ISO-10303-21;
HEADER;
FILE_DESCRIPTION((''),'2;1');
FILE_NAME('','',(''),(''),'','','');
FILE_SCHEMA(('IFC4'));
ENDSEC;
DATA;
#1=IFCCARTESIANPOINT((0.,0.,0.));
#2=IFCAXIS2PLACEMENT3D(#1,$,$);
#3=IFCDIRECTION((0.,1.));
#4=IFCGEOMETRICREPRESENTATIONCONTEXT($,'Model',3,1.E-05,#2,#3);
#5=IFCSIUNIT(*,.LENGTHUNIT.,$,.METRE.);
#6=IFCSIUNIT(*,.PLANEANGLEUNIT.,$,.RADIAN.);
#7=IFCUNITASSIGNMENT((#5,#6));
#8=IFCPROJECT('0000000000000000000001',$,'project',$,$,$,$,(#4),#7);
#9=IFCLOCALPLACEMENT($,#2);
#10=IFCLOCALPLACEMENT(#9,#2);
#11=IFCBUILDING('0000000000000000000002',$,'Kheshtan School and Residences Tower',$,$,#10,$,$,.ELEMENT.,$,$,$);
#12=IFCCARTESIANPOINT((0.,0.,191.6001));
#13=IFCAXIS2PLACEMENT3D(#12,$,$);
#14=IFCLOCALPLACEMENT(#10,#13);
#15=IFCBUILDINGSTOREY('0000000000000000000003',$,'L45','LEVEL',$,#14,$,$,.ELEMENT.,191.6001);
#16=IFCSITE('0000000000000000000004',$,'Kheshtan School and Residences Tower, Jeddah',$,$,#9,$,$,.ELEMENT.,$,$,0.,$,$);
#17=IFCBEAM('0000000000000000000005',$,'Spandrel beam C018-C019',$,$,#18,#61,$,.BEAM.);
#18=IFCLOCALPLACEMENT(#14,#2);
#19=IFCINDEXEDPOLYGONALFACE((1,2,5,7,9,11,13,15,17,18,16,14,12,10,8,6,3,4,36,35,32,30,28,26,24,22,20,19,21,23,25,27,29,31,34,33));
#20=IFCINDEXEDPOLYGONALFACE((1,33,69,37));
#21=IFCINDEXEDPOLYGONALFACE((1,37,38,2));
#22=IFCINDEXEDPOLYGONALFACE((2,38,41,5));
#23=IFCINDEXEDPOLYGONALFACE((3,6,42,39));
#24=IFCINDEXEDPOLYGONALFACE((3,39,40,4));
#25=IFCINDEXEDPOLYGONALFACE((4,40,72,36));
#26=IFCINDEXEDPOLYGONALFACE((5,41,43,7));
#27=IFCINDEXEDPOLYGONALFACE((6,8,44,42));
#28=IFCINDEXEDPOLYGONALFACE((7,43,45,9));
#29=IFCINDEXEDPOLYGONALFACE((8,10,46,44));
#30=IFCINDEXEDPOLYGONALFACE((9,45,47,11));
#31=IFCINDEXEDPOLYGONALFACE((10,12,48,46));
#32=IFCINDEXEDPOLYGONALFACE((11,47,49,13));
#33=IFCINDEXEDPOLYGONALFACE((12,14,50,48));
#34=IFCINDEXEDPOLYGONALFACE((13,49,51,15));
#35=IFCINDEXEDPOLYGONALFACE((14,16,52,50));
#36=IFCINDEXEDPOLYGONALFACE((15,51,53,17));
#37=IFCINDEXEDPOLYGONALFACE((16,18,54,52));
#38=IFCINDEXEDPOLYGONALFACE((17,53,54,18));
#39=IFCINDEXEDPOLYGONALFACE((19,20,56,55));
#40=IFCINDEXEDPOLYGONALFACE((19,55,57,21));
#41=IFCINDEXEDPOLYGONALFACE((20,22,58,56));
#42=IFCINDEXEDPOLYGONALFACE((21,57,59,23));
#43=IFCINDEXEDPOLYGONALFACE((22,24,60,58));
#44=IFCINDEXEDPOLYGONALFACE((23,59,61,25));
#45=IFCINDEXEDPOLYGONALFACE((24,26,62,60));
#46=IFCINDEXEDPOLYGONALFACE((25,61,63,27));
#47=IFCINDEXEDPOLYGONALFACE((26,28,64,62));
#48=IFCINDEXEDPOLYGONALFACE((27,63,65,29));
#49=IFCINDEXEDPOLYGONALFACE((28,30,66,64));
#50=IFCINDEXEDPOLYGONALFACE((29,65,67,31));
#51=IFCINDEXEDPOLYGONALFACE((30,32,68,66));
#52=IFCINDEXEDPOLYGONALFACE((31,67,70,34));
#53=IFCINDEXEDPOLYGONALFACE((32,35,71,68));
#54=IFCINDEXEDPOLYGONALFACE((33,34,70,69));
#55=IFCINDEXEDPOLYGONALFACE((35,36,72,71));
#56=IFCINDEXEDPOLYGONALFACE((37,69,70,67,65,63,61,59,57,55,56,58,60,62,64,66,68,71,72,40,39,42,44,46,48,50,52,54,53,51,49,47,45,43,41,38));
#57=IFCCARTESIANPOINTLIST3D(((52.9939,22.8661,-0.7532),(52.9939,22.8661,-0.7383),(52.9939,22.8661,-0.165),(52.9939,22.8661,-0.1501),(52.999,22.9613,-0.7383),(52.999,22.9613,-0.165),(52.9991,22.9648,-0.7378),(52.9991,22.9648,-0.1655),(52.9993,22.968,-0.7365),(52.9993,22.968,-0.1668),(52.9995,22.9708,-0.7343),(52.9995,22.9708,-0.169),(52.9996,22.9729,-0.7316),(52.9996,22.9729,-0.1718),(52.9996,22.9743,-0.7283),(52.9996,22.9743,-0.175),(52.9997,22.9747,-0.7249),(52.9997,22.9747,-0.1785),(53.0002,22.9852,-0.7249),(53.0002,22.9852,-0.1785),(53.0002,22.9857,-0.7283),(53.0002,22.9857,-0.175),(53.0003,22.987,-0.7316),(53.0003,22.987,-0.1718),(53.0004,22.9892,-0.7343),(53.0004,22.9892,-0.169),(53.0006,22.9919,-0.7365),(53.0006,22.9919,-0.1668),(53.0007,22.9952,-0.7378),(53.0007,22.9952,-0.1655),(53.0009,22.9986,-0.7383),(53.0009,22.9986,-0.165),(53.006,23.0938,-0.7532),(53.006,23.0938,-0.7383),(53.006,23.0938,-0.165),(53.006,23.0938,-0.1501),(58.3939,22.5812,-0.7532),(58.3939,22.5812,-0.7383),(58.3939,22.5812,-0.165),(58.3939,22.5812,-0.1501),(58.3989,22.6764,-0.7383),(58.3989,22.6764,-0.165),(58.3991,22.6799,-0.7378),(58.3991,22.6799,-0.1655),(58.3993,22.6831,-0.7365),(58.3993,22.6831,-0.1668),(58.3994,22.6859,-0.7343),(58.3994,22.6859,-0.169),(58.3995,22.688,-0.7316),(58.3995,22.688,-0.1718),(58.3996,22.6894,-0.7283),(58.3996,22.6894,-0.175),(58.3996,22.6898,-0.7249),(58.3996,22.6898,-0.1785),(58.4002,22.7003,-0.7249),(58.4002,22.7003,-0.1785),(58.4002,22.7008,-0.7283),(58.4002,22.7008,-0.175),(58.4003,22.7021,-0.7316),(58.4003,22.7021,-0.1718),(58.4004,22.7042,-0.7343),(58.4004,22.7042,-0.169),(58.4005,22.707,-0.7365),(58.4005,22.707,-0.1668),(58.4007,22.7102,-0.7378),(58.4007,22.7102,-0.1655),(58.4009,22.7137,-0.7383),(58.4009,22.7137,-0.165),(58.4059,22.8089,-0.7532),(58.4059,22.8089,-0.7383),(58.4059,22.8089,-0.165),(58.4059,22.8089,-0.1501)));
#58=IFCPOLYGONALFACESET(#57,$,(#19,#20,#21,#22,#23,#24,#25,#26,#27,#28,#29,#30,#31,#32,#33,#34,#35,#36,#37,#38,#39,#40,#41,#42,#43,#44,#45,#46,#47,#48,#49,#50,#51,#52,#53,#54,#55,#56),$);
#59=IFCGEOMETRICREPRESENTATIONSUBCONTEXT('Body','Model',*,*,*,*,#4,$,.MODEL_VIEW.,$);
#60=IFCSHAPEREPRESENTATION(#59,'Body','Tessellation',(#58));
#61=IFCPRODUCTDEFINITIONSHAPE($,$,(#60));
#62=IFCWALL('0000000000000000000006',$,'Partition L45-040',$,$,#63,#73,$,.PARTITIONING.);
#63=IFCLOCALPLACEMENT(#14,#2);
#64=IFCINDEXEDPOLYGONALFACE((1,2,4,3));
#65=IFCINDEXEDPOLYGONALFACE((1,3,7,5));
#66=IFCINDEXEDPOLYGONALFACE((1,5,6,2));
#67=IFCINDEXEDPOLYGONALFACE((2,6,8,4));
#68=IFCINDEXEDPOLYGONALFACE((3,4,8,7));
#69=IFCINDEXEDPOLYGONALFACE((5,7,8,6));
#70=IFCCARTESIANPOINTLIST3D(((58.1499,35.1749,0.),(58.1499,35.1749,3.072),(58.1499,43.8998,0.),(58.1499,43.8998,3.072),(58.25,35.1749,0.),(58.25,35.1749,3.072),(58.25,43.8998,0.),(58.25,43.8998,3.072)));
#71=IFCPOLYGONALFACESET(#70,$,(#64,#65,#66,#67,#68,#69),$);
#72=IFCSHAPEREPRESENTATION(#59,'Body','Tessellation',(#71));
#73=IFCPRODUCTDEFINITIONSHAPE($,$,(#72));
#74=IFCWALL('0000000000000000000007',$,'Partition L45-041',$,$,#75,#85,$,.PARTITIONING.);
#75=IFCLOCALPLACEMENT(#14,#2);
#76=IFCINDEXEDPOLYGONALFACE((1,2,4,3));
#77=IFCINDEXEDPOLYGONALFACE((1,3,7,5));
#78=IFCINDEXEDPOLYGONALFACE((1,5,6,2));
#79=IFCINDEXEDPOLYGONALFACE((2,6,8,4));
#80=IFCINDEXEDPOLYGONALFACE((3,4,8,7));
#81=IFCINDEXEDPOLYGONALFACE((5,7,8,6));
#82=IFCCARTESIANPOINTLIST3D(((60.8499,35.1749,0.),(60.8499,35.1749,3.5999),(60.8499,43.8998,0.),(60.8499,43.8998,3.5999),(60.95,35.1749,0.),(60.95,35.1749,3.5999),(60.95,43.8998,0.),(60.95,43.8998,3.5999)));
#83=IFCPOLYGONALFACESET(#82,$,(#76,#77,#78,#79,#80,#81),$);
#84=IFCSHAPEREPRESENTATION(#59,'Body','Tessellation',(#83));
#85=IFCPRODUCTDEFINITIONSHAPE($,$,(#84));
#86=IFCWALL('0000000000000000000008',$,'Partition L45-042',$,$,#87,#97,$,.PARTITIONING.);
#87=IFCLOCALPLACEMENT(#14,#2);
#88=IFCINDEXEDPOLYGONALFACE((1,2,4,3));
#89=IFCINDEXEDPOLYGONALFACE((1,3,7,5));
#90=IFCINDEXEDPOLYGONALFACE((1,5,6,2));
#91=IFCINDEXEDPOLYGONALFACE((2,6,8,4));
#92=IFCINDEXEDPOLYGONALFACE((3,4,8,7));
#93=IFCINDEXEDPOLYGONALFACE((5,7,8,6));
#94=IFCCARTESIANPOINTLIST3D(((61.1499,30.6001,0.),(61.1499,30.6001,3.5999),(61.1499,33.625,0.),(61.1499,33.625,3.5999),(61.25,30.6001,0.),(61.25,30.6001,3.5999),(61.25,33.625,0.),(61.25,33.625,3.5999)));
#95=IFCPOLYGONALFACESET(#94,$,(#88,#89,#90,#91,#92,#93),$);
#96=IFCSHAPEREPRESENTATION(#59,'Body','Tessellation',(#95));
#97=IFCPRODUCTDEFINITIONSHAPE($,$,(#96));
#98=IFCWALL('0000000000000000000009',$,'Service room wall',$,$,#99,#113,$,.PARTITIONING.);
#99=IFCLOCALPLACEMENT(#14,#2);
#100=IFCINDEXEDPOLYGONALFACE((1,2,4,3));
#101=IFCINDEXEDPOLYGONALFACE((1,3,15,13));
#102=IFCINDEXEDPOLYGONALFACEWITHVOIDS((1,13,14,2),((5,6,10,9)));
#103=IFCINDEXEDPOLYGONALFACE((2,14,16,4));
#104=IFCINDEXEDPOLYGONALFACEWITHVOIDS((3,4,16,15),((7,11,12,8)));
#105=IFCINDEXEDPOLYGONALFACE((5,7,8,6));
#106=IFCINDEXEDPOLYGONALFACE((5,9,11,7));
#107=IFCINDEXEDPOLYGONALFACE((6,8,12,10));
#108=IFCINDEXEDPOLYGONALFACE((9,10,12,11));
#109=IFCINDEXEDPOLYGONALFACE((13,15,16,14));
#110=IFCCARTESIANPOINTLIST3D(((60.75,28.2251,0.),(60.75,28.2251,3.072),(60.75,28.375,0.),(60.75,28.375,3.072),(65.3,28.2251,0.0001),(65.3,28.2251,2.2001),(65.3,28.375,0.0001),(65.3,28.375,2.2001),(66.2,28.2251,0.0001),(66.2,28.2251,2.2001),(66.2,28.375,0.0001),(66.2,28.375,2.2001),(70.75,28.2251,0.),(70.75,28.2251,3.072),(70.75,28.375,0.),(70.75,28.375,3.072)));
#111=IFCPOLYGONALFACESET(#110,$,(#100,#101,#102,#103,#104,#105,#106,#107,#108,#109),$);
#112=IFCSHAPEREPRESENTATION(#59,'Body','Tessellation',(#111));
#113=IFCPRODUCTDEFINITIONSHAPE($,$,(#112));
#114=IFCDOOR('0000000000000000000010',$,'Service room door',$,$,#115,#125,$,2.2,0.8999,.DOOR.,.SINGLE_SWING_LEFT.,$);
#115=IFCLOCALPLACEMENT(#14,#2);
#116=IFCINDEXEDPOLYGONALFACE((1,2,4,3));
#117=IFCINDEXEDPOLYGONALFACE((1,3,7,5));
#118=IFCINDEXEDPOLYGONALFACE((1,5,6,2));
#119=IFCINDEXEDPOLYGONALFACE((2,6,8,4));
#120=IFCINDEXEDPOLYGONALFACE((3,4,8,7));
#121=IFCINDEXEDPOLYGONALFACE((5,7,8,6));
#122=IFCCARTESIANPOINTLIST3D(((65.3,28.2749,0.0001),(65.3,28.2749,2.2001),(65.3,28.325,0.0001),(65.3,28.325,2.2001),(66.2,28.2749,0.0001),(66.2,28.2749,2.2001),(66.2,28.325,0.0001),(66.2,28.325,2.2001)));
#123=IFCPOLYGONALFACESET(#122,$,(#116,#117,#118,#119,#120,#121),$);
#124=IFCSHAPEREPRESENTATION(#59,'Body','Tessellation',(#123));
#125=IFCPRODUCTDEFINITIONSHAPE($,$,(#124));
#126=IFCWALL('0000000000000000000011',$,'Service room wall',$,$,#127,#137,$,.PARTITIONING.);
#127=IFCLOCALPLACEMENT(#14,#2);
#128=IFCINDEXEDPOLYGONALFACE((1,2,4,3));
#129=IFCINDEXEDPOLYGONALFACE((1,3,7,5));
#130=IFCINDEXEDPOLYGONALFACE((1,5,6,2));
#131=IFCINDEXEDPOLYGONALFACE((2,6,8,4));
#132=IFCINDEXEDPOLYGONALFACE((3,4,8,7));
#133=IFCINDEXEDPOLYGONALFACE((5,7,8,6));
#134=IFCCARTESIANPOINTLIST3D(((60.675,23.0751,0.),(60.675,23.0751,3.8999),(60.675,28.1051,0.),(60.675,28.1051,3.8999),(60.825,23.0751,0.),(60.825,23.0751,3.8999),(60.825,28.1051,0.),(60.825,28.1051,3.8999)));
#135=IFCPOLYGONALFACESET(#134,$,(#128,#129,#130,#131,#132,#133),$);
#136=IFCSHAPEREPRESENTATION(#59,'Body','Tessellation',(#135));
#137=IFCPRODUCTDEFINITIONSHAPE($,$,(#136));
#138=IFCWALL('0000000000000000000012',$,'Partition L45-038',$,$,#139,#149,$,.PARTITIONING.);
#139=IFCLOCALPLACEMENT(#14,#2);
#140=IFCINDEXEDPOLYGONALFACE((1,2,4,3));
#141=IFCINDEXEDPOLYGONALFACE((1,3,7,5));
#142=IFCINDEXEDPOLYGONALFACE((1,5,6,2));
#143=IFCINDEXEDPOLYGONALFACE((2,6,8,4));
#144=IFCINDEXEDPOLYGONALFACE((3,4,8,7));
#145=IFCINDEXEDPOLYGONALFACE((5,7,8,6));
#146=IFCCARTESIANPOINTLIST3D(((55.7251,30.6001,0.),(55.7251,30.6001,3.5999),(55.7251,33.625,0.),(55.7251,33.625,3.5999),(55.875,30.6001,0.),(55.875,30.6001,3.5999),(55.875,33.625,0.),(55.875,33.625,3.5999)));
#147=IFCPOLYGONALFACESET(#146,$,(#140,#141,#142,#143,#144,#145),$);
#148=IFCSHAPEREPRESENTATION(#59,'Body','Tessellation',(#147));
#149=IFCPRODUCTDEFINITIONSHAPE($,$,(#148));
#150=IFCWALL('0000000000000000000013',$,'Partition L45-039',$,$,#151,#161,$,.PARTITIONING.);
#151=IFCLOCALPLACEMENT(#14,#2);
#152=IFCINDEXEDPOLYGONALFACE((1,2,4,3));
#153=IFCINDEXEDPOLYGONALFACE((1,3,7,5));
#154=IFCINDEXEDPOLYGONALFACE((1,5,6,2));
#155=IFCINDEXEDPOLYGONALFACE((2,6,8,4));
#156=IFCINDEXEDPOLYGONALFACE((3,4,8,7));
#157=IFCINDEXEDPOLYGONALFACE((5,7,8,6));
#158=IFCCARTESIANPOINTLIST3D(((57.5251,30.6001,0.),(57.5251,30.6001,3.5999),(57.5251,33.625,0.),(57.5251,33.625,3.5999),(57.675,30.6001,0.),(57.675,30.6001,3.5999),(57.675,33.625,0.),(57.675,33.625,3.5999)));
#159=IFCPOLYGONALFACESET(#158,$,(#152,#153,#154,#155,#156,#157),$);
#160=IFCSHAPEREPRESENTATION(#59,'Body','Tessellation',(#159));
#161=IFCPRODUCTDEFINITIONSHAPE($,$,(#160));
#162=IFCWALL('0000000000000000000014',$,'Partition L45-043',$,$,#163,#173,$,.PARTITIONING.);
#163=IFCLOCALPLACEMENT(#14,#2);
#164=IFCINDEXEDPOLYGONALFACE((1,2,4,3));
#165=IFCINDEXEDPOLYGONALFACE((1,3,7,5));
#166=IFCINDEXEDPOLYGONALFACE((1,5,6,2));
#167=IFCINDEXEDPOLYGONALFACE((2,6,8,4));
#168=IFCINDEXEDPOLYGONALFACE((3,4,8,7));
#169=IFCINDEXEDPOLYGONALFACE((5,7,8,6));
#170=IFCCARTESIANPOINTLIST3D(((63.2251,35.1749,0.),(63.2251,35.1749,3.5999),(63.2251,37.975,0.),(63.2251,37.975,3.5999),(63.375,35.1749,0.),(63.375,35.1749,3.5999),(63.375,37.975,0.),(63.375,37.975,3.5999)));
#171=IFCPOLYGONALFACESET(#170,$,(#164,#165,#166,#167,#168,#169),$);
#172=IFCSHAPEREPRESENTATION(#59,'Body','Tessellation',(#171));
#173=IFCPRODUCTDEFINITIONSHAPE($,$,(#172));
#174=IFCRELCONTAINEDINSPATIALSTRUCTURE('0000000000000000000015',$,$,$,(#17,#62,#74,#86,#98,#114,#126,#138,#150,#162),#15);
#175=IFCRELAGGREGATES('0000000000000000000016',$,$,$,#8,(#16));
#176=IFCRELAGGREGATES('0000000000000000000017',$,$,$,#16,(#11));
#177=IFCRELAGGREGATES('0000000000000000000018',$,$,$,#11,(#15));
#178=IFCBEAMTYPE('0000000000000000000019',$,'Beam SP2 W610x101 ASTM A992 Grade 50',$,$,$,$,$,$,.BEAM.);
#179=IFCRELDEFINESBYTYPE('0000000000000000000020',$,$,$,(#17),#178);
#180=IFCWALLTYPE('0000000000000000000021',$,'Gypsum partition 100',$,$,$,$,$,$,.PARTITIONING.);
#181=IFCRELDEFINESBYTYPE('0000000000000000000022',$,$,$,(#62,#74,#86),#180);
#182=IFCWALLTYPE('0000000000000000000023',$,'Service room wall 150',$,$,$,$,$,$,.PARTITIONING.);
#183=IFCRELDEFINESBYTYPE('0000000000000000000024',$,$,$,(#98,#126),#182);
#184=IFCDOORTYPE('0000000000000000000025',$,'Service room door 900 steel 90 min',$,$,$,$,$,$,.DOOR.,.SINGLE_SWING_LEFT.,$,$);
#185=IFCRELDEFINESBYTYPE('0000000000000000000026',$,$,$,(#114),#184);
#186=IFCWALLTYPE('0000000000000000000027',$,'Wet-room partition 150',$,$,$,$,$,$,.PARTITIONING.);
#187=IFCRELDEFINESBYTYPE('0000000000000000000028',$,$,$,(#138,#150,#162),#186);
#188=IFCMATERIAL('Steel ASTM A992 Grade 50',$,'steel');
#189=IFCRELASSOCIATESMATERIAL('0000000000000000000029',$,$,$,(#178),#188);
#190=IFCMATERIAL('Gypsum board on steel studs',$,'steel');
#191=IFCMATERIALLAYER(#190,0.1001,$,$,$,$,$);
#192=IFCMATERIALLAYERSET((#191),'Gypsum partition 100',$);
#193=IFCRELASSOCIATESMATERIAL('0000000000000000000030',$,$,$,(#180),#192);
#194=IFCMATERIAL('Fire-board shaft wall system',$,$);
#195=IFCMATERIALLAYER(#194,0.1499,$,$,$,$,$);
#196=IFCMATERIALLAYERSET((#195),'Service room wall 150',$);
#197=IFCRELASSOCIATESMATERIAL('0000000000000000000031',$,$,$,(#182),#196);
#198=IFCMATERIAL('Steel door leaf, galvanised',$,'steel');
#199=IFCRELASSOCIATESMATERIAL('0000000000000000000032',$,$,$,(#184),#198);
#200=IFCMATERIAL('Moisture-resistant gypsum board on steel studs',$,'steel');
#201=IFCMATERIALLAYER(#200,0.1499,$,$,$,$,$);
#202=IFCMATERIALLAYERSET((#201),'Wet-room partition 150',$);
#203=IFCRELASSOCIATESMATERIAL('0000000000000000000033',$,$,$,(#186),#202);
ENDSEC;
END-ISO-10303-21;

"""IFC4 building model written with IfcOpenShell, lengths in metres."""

from ifc_helpers import new_model, si_unit, direction, frame, frame_2d, origin, origin_2d, place, context, subcontext, project, spatial, rectangle, i_section, extrude, source, transform, mapped, material, layer, layer_set, material_profile, profile_set, type_object, element, fill, save


model = new_model("IFC4")

# Units and contexts
model_context = context("Model", 3, precision=1e-05, world=origin(), true_north=direction((0.0, 1.0)))
body_context = subcontext(model_context, "Body", "Model", "MODEL_VIEW")
ifc_project = project(units=[si_unit("LENGTHUNIT", "METRE"), si_unit("PLANEANGLEUNIT", "RADIAN")], contexts=[model_context])

# Site, building, storey
site_placement = place(None, origin())
site = spatial("IfcSite", under=ifc_project, at=site_placement, Name="Kheshtan School and Residences Tower, Jeddah", CompositionType="ELEMENT", RefElevation=0.0)
building_placement = place(site_placement, origin())
building = spatial("IfcBuilding", under=site, at=building_placement, Name="Kheshtan School and Residences Tower", CompositionType="ELEMENT")
storey_placement = place(building_placement, frame((0.0, 0.0, 191.6001)))
storey = spatial("IfcBuildingStorey", under=building, at=storey_placement, Name="L45", Description="LEVEL", CompositionType="ELEMENT", Elevation=191.6001)

# Shared definitions
ifc_material_1 = material(Name="Steel ASTM A992 Grade 50", Category="steel")

# Beam
ifc_material_profile_1 = material_profile(ifc_material_1, i_section(OverallWidth=0.228, OverallDepth=0.603, WebThickness=0.0105, FlangeThickness=0.0149, FilletRadius=0.0134, at=origin_2d()), Name="W610x101")
ifc_profile_set_1 = profile_set([ifc_material_profile_1], Name="Steel ASTM A992 Grade 50")
beam_type_1 = type_object("IfcBeamType", Name="Beam SP2 W610x101 ASTM A992 Grade 50", PredefinedType="BEAM", material=ifc_profile_set_1)
beam_1_placement = place(storey_placement, frame((58.3999, 22.6951, -0.4517), z_axis=(-0.998611, 0.052689, 0.0), x_axis=(-0.052689, -0.998611, 0.0)))
element("IfcBeam", 1, at=beam_1_placement, inside=storey, type_object=beam_type_1, Name="Spandrel beam C018-C019", PredefinedType="BEAM", context=body_context, shape_type="SweptSolid", body=[
    extrude(i_section(OverallWidth=0.228, OverallDepth=0.603, WebThickness=0.0105, FlangeThickness=0.0149, FilletRadius=0.0134, at=origin_2d()), origin(), (0.0, 0.0, 1.0), 5.4075),
])

# Walls
ifc_material_2 = material(Name="Gypsum board on steel studs", Category="steel")
ifc_layer_1 = layer(ifc_material_2, 0.1001)
ifc_layer_set_1 = layer_set([ifc_layer_1], Name="Gypsum partition 100")
wall_type_1 = type_object("IfcWallType", Name="Gypsum partition 100", PredefinedType="PARTITIONING", material=ifc_layer_set_1)
wall_1_placement = place(storey_placement, frame((58.2, 35.175, 0.0), z_axis=(0.0, 0.0, 1.0), x_axis=(0.0, 1.0, 0.0)))
element("IfcWall", 2, at=wall_1_placement, inside=storey, type_object=wall_type_1, Name="Partition L45-040", PredefinedType="PARTITIONING", context=body_context, shape_type="SweptSolid", body=[
    extrude(rectangle(XDim=8.7249, YDim=0.1001, at=frame_2d((4.3623, 0.0))), origin(), (0.0, 0.0, 1.0), 3.072),
])
wall_2_placement = place(storey_placement, frame((60.8999, 35.175, 0.0), z_axis=(0.0, 0.0, 1.0), x_axis=(0.0, 1.0, 0.0)))
element("IfcWall", 3, at=wall_2_placement, inside=storey, type_object=wall_type_1, Name="Partition L45-041", PredefinedType="PARTITIONING", context=body_context, shape_type="SweptSolid", body=[
    extrude(rectangle(XDim=8.7249, YDim=0.1001, at=frame_2d((4.3623, 0.0))), origin(), (0.0, 0.0, 1.0), 3.5999),
])
wall_3_placement = place(storey_placement, frame((61.2, 30.6001, 0.0), z_axis=(0.0, 0.0, 1.0), x_axis=(0.0, 1.0, 0.0)))
element("IfcWall", 4, at=wall_3_placement, inside=storey, type_object=wall_type_1, Name="Partition L45-042", PredefinedType="PARTITIONING", context=body_context, shape_type="SweptSolid", body=[
    extrude(rectangle(XDim=3.0249, YDim=0.1001, at=frame_2d((1.5125, 0.0))), origin(), (0.0, 0.0, 1.0), 3.5999),
])

# Wall, opening, door
ifc_material_3 = material(Name="Fire-board shaft wall system")
ifc_layer_2 = layer(ifc_material_3, 0.1499)
ifc_layer_set_2 = layer_set([ifc_layer_2], Name="Service room wall 150")
wall_type_2 = type_object("IfcWallType", Name="Service room wall 150", PredefinedType="PARTITIONING", material=ifc_layer_set_2)
wall_4_placement = place(storey_placement, frame((60.75, 28.3, 0.0), z_axis=(0.0, 0.0, 1.0), x_axis=(1.0, 0.0, 0.0)))
wall_4 = element("IfcWall", 5, at=wall_4_placement, inside=storey, type_object=wall_type_2, Name="Service room wall", PredefinedType="PARTITIONING", context=body_context, shape_type="SweptSolid", body=[
    extrude(rectangle(XDim=10.0, YDim=0.1499, at=frame_2d((5.0, 0.0))), origin(), (0.0, 0.0, 1.0), 3.072),
])
opening_placement = place(wall_4_placement, frame((4.55, 0.0, 0.0)))
opening = element("IfcOpeningElement", 6, at=opening_placement, cuts=wall_4, PredefinedType="OPENING", context=body_context, shape_type="SweptSolid", body=[
    extrude(rectangle(XDim=0.8999, YDim=2.2, at=frame_2d((0.45, 1.1001))), frame((0.0, 0.085, 0.0), z_axis=(0.0, -1.0, 0.0), x_axis=(1.0, 0.0, 0.0)), (0.0, 0.0, 1.0), 0.1699),
])
ifc_material_4 = material(Name="Steel door leaf, galvanised", Category="steel")
door_type = type_object("IfcDoorType", Name="Service room door 900 steel 90 min", OperationType="SINGLE_SWING_LEFT", PredefinedType="DOOR", material=ifc_material_4)
shared_shape = source(origin(), body_context, "Body", "SweptSolid", [
    extrude(rectangle(XDim=0.8999, YDim=2.2, at=frame_2d((0.45, 1.1001))), frame((0.0, 0.0249, 0.0), z_axis=(0.0, -1.0, 0.0), x_axis=(1.0, 0.0, 0.0)), (0.0, 0.0, 1.0), 0.05),
])
door_placement = place(opening_placement, origin())
door = element("IfcDoor", 7, at=door_placement, inside=storey, type_object=door_type, Name="Service room door", OperationType="SINGLE_SWING_LEFT", OverallHeight=2.2, OverallWidth=0.8999, PredefinedType="DOOR", context=body_context, shape_type="MappedRepresentation", body=[
    mapped(shared_shape, transform((0.0, 0.0, 0.0), x_axis=(1.0, 0.0, 0.0), y_axis=(0.0, 1.0, 0.0), z_axis=(0.0, 0.0, 1.0), scale=1.0)),
])
fill(opening, door)

# Walls
wall_5_placement = place(storey_placement, frame((60.75, 23.075, 0.0), z_axis=(0.0, 0.0, 1.0), x_axis=(0.0, 1.0, 0.0)))
element("IfcWall", 8, at=wall_5_placement, inside=storey, type_object=wall_type_2, Name="Service room wall", PredefinedType="PARTITIONING", context=body_context, shape_type="SweptSolid", body=[
    extrude(rectangle(XDim=5.03, YDim=0.1499, at=frame_2d((2.5151, 0.0))), origin(), (0.0, 0.0, 1.0), 3.8999),
])
ifc_material_5 = material(Name="Moisture-resistant gypsum board on steel studs", Category="steel")
ifc_layer_3 = layer(ifc_material_5, 0.1499)
ifc_layer_set_3 = layer_set([ifc_layer_3], Name="Wet-room partition 150")
wall_type_3 = type_object("IfcWallType", Name="Wet-room partition 150", PredefinedType="PARTITIONING", material=ifc_layer_set_3)
for number, where, z_axis, x_axis, name in (
    (9, (55.8, 30.6001, 0.0), (0.0, 0.0, 1.0), (0.0, 1.0, 0.0), "Partition L45-038"),
    (10, (57.6001, 30.6001, 0.0), (0.0, 0.0, 1.0), (0.0, 1.0, 0.0), "Partition L45-039"),
):
    element("IfcWall", number, at=place(storey_placement, frame(where, z_axis=z_axis, x_axis=x_axis)), inside=storey, type_object=wall_type_3, Name=name, PredefinedType="PARTITIONING", context=body_context, shape_type="SweptSolid", body=[
        extrude(rectangle(XDim=3.0249, YDim=0.1499, at=frame_2d((1.5125, 0.0))), origin(), (0.0, 0.0, 1.0), 3.5999),
    ])
wall_6_placement = place(storey_placement, frame((63.3, 35.175, 0.0), z_axis=(0.0, 0.0, 1.0), x_axis=(0.0, 1.0, 0.0)))
element("IfcWall", 11, at=wall_6_placement, inside=storey, type_object=wall_type_3, Name="Partition L45-043", PredefinedType="PARTITIONING", context=body_context, shape_type="SweptSolid", body=[
    extrude(rectangle(XDim=2.8, YDim=0.1499, at=frame_2d((1.3999, 0.0))), origin(), (0.0, 0.0, 1.0), 3.5999),
])

save(model, "model.ifc")
